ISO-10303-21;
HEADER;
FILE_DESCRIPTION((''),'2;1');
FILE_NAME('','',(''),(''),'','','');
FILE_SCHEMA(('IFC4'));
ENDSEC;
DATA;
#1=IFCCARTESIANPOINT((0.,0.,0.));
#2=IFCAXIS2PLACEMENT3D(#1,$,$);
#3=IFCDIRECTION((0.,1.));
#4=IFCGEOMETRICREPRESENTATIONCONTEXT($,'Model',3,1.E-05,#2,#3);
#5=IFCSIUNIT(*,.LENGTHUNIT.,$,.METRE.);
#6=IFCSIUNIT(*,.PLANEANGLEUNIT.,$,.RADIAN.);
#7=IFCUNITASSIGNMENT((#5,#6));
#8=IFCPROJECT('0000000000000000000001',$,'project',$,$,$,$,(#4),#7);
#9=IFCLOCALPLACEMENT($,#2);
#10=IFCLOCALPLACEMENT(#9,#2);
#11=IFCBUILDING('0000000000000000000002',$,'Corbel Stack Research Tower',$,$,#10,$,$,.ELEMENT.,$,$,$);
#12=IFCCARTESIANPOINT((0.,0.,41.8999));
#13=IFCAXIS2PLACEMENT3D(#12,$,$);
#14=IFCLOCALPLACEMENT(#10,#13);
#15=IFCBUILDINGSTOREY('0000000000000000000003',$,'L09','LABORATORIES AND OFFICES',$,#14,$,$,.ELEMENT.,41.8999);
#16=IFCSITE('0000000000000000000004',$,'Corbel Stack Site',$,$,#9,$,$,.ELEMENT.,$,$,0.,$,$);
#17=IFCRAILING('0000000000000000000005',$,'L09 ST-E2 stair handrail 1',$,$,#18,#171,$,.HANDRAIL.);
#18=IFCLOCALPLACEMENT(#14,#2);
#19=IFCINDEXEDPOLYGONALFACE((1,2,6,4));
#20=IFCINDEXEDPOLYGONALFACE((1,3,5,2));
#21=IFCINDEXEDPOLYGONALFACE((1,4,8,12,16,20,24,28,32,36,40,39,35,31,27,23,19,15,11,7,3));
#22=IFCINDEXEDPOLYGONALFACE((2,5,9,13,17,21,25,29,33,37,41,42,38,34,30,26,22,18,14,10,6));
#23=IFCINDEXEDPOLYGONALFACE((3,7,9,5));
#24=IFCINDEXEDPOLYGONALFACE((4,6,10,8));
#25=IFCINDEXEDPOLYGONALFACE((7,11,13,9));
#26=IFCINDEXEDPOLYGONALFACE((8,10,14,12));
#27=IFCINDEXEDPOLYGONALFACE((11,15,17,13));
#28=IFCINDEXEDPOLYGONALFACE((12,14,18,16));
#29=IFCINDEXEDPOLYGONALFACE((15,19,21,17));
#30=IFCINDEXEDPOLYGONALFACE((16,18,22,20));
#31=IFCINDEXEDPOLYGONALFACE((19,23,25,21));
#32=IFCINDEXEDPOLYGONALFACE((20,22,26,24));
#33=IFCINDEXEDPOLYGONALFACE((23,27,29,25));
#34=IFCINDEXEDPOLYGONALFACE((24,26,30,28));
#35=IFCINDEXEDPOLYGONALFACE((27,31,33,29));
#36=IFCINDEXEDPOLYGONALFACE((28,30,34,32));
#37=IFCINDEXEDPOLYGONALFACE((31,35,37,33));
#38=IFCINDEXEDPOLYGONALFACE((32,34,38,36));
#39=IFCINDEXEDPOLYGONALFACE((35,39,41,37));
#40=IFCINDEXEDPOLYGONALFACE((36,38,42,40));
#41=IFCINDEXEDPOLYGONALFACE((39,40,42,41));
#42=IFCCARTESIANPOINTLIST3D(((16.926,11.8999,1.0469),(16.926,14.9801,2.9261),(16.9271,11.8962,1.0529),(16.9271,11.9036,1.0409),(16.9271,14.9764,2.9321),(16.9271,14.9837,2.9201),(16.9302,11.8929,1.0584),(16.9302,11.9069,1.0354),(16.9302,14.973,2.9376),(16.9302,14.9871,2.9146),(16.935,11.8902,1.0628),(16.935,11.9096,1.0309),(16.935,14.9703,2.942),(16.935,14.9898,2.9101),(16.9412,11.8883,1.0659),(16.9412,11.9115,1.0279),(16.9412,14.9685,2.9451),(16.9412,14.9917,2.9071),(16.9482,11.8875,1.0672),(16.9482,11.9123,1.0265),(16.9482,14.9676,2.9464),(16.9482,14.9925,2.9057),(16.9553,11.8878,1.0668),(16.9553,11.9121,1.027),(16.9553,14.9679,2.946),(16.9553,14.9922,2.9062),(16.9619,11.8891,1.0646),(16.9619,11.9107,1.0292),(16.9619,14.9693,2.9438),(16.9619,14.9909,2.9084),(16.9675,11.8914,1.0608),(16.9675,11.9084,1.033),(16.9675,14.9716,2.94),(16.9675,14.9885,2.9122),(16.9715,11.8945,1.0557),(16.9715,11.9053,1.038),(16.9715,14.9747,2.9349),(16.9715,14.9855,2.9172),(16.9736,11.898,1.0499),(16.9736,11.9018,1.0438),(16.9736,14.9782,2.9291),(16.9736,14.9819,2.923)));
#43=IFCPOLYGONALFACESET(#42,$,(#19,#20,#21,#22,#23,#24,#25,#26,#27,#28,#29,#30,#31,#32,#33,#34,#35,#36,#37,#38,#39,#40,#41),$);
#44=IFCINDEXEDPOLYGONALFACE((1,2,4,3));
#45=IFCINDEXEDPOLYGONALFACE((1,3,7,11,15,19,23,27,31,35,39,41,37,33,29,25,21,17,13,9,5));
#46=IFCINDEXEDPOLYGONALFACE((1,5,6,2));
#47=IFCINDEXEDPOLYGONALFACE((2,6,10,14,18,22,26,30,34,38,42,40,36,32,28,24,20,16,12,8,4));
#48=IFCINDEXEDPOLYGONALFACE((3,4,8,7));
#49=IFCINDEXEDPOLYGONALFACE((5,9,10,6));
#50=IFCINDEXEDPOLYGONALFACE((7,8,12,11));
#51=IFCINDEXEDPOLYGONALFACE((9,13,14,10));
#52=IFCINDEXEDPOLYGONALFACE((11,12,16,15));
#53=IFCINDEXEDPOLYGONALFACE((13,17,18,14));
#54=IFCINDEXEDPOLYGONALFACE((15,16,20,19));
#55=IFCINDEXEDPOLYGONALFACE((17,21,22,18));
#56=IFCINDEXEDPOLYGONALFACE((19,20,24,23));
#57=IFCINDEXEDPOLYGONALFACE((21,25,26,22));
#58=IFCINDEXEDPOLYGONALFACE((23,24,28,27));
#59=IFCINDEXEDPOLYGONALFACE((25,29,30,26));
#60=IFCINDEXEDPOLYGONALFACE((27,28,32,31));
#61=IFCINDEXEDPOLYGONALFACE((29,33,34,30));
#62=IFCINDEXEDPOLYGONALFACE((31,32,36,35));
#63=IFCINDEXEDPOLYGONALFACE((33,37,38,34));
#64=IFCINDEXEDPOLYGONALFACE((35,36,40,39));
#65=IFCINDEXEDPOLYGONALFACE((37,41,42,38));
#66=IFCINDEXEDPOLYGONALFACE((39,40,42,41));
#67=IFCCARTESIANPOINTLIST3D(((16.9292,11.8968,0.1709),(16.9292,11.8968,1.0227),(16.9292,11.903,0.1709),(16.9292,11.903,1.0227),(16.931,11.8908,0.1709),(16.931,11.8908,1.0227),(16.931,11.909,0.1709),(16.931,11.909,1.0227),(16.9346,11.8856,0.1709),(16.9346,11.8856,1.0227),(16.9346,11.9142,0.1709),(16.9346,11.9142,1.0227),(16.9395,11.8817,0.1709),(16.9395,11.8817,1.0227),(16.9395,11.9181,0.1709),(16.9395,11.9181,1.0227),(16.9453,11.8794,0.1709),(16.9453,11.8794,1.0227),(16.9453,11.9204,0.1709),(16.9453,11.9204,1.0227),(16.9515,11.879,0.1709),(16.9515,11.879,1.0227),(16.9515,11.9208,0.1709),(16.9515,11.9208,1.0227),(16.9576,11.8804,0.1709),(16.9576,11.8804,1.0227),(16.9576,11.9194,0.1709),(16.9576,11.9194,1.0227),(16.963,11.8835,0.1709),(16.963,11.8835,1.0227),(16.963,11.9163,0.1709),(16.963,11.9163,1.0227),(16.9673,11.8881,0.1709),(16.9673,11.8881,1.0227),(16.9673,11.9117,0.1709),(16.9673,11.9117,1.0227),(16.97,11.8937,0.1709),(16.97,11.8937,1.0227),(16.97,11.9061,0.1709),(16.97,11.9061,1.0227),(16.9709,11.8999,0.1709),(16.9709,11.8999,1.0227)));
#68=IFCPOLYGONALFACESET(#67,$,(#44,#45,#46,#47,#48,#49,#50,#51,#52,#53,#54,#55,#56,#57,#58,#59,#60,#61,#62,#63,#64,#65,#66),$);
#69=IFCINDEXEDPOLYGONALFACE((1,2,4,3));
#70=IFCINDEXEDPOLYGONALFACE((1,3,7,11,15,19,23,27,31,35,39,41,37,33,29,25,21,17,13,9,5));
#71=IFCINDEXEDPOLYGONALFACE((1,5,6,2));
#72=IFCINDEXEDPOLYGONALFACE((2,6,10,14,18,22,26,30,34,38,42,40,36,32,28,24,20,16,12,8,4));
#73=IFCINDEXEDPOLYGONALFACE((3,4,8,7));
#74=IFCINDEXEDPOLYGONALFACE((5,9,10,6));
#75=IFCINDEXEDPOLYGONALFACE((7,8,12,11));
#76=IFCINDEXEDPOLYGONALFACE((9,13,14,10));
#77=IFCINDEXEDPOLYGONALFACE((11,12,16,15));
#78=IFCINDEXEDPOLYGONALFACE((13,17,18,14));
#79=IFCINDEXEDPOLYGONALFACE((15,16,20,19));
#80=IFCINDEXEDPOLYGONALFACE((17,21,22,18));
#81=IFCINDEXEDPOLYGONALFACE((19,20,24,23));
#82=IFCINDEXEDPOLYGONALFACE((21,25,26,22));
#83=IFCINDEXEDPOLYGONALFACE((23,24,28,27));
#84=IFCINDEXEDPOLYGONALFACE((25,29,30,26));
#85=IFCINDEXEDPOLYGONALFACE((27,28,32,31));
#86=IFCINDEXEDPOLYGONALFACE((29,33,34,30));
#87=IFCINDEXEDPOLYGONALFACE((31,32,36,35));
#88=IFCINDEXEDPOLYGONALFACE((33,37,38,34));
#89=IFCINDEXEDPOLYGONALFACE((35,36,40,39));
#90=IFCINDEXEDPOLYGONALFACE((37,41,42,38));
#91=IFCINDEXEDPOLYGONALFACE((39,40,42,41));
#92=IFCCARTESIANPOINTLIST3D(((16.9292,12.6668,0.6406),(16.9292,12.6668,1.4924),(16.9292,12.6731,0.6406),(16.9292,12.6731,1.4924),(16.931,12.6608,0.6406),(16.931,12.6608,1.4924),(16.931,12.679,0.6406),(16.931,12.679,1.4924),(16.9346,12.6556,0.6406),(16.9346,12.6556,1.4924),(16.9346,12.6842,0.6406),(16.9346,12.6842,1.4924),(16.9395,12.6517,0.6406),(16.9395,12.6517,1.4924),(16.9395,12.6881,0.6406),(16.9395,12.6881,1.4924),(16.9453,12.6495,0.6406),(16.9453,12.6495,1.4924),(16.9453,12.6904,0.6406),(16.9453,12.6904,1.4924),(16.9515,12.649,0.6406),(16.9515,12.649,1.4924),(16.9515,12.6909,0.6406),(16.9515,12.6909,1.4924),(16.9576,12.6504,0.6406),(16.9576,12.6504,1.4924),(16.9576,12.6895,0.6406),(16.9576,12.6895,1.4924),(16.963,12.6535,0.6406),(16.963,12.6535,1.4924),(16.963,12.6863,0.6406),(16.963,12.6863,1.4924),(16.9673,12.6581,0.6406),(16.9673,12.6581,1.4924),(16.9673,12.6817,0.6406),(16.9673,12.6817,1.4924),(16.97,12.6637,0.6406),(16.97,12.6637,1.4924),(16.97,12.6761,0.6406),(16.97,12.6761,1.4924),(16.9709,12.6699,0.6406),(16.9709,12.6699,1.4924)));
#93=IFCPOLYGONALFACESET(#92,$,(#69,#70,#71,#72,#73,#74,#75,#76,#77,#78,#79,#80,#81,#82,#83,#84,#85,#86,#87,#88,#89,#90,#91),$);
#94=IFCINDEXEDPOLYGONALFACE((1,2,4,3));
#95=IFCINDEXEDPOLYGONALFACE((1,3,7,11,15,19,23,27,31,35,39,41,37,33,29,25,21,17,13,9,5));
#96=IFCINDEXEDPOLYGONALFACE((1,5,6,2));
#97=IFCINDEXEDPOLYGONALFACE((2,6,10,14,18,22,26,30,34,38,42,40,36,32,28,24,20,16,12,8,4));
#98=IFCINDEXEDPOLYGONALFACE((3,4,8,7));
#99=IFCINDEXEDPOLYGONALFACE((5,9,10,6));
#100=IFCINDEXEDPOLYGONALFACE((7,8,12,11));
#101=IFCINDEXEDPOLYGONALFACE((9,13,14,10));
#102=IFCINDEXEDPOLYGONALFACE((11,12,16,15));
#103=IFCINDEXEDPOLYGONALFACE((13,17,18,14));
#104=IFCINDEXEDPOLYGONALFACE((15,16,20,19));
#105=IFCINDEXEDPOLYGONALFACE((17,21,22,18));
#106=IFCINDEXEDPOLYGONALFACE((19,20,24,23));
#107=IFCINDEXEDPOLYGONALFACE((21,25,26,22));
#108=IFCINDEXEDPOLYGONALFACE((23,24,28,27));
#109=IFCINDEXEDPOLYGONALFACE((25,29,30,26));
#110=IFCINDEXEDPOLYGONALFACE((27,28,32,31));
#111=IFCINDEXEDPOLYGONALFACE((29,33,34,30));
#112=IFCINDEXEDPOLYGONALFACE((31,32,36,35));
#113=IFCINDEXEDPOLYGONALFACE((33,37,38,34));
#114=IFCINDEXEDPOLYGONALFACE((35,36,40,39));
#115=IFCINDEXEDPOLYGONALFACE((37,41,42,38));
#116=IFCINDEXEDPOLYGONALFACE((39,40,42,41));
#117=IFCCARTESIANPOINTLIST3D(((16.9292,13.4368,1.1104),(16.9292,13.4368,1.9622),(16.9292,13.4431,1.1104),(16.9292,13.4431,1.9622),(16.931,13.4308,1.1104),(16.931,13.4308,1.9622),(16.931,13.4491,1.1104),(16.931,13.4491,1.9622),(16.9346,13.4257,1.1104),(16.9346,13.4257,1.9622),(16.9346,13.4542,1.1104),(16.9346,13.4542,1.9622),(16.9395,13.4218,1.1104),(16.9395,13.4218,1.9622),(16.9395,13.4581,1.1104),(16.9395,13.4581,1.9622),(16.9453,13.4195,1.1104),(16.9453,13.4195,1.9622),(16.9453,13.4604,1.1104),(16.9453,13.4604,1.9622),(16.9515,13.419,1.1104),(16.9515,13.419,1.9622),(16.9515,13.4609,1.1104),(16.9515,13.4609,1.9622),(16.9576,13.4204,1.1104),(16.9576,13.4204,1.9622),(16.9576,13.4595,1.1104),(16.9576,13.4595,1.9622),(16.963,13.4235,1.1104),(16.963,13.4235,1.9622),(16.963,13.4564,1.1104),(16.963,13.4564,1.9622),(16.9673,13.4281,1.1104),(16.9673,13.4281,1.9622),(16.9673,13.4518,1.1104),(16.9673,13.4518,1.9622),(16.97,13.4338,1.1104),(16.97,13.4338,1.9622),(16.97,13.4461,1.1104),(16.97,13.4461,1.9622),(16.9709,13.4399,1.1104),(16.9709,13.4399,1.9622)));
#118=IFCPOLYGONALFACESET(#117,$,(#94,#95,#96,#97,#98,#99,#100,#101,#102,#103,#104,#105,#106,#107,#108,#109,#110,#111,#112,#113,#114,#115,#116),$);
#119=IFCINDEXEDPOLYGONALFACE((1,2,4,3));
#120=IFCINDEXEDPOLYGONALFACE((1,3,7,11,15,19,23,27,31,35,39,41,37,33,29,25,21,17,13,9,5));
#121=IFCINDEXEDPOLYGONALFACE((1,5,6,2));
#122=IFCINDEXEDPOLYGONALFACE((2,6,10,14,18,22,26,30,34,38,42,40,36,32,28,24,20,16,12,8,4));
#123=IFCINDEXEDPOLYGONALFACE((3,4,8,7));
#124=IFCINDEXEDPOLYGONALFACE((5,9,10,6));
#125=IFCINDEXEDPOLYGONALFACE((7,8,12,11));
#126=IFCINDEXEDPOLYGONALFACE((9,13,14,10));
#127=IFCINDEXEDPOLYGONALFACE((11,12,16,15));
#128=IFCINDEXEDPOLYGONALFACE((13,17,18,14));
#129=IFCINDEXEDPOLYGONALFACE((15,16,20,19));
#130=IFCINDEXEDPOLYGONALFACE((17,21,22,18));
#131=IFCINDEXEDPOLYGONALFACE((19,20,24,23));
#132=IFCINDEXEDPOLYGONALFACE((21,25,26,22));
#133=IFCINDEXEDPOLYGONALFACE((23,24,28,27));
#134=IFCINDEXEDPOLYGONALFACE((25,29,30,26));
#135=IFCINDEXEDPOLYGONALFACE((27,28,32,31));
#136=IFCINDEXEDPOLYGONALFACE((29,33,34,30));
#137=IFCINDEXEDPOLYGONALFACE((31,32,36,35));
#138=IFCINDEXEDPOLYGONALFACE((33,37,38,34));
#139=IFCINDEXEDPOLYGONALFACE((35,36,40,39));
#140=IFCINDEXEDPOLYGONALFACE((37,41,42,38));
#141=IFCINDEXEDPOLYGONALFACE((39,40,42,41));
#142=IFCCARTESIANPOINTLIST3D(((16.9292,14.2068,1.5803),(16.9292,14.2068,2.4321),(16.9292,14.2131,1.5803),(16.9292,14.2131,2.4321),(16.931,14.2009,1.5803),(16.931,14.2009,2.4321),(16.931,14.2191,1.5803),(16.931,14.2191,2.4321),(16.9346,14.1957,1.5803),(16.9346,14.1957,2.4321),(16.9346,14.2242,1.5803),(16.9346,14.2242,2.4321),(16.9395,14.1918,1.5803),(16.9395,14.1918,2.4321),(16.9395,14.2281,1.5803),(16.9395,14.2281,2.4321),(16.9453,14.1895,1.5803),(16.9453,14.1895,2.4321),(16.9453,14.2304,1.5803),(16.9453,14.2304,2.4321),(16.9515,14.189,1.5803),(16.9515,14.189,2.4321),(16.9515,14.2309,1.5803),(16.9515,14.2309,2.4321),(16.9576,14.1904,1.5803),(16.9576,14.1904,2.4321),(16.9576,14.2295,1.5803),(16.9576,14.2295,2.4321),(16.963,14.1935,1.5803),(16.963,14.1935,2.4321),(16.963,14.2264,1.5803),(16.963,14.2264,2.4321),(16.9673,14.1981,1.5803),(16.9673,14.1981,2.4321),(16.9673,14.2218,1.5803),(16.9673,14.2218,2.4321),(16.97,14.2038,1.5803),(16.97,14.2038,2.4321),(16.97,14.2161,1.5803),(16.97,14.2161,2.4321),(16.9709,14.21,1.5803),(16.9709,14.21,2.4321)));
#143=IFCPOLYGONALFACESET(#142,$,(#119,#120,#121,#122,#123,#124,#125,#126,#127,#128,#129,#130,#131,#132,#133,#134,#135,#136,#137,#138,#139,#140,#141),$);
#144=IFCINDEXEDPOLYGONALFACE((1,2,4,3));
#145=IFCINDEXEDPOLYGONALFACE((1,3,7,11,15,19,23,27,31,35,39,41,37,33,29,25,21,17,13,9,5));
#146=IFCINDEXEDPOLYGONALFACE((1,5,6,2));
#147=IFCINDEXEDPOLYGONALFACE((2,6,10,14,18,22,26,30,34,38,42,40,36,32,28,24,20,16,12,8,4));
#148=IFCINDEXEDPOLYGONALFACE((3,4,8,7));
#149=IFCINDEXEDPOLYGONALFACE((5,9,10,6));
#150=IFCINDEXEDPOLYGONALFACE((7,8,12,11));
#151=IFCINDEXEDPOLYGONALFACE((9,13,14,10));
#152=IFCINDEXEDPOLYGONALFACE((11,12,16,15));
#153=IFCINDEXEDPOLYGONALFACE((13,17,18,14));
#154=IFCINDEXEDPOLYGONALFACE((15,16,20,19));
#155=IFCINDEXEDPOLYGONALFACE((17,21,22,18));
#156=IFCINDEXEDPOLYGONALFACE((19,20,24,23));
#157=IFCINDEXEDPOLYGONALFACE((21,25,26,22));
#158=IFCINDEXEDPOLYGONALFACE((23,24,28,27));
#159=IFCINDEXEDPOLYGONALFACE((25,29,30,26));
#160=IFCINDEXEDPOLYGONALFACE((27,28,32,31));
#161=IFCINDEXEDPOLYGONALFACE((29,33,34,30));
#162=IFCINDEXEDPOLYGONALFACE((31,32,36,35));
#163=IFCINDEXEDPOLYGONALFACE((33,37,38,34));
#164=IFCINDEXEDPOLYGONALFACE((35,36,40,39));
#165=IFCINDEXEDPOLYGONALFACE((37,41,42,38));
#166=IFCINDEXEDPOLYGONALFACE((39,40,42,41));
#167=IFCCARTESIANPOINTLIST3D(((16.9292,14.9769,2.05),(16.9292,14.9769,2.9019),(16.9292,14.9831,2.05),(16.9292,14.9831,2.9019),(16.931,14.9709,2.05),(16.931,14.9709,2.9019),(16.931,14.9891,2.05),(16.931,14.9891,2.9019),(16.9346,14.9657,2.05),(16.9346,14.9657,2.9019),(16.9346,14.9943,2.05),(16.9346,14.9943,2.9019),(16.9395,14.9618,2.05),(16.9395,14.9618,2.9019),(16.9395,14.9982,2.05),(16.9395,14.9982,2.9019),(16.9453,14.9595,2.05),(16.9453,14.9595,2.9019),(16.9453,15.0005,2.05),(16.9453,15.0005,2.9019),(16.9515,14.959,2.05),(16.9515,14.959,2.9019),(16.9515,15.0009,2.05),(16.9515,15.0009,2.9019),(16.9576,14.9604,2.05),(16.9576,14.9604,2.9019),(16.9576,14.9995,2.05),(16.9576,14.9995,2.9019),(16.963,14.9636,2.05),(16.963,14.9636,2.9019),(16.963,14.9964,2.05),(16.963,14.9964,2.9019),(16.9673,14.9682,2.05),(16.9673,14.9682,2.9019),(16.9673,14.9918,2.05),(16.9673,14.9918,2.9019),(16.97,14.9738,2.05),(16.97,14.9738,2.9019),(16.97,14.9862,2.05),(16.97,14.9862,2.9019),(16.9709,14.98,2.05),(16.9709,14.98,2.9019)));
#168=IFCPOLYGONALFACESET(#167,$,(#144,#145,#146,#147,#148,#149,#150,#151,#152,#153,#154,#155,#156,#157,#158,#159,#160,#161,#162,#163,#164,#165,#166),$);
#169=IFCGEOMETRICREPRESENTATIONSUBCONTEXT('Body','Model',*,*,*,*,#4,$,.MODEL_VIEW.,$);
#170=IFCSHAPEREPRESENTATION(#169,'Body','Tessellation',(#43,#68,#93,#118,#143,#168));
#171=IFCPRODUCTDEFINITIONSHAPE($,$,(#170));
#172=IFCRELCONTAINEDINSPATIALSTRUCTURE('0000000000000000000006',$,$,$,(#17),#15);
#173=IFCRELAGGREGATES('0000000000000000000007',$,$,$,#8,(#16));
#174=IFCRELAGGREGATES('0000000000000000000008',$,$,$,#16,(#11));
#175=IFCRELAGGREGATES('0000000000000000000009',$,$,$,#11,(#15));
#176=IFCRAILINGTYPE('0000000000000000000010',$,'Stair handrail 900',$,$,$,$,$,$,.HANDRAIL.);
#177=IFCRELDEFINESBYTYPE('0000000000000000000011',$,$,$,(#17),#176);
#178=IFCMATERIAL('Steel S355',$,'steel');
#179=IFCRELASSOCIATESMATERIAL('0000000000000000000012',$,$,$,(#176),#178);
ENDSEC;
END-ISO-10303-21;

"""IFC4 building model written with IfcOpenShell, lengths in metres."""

from ifc_helpers import new_model, si_unit, direction, frame, origin, origin_2d, place, context, subcontext, project, spatial, circle, extrude, material, type_object, element, save


model = new_model("IFC4")

# Units and contexts
model_context = context("Model", 3, precision=1e-05, world=origin(), true_north=direction((0.0, 1.0)))
body_context = subcontext(model_context, "Body", "Model", "MODEL_VIEW")
ifc_project = project(units=[si_unit("LENGTHUNIT", "METRE"), si_unit("PLANEANGLEUNIT", "RADIAN")], contexts=[model_context])

# Site, building, storey
site_placement = place(None, origin())
site = spatial("IfcSite", under=ifc_project, at=site_placement, Name="Corbel Stack Site", CompositionType="ELEMENT", RefElevation=0.0)
building_placement = place(site_placement, origin())
building = spatial("IfcBuilding", under=site, at=building_placement, Name="Corbel Stack Research Tower", CompositionType="ELEMENT")
storey_placement = place(building_placement, frame((0.0, 0.0, 41.8999)))
storey = spatial("IfcBuildingStorey", under=building, at=storey_placement, Name="L09", Description="LABORATORIES AND OFFICES", CompositionType="ELEMENT", Elevation=41.8999)

# Railing
ifc_material_1 = material(Name="Steel S355", Category="steel")
railing_type_1 = type_object("IfcRailingType", Name="Stair handrail 900", PredefinedType="HANDRAIL", material=ifc_material_1)
railing_1_placement = place(storey_placement, frame((16.95, 11.8999, 0.1709)))
element("IfcRailing", 1, at=railing_1_placement, inside=storey, type_object=railing_type_1, Name="L09 ST-E2 stair handrail 1", PredefinedType="HANDRAIL", context=body_context, shape_type="SweptSolid", body=[
    extrude(circle(Radius=0.0239, at=origin_2d()), frame((0.0, 0.0, 0.876), z_axis=(0.0, 0.853666, 0.52082), x_axis=(-1.0, 0.0, 0.0)), (0.0, 0.0, 1.0), 3.6082),
    extrude(circle(Radius=0.021, at=origin_2d()), origin(), (0.0, 0.0, 1.0), 0.8518),
    extrude(circle(Radius=0.021, at=origin_2d()), frame((0.0, 0.77, 0.4697)), (0.0, 0.0, 1.0), 0.8518),
    extrude(circle(Radius=0.021, at=origin_2d()), frame((0.0, 1.54, 0.9395)), (0.0, 0.0, 1.0), 0.8518),
    extrude(circle(Radius=0.021, at=origin_2d()), frame((0.0, 2.3101, 1.4094)), (0.0, 0.0, 1.0), 0.8518),
    extrude(circle(Radius=0.021, at=origin_2d()), frame((0.0, 3.0801, 1.8792)), (0.0, 0.0, 1.0), 0.8518),
])

save(model, "model.ifc")
